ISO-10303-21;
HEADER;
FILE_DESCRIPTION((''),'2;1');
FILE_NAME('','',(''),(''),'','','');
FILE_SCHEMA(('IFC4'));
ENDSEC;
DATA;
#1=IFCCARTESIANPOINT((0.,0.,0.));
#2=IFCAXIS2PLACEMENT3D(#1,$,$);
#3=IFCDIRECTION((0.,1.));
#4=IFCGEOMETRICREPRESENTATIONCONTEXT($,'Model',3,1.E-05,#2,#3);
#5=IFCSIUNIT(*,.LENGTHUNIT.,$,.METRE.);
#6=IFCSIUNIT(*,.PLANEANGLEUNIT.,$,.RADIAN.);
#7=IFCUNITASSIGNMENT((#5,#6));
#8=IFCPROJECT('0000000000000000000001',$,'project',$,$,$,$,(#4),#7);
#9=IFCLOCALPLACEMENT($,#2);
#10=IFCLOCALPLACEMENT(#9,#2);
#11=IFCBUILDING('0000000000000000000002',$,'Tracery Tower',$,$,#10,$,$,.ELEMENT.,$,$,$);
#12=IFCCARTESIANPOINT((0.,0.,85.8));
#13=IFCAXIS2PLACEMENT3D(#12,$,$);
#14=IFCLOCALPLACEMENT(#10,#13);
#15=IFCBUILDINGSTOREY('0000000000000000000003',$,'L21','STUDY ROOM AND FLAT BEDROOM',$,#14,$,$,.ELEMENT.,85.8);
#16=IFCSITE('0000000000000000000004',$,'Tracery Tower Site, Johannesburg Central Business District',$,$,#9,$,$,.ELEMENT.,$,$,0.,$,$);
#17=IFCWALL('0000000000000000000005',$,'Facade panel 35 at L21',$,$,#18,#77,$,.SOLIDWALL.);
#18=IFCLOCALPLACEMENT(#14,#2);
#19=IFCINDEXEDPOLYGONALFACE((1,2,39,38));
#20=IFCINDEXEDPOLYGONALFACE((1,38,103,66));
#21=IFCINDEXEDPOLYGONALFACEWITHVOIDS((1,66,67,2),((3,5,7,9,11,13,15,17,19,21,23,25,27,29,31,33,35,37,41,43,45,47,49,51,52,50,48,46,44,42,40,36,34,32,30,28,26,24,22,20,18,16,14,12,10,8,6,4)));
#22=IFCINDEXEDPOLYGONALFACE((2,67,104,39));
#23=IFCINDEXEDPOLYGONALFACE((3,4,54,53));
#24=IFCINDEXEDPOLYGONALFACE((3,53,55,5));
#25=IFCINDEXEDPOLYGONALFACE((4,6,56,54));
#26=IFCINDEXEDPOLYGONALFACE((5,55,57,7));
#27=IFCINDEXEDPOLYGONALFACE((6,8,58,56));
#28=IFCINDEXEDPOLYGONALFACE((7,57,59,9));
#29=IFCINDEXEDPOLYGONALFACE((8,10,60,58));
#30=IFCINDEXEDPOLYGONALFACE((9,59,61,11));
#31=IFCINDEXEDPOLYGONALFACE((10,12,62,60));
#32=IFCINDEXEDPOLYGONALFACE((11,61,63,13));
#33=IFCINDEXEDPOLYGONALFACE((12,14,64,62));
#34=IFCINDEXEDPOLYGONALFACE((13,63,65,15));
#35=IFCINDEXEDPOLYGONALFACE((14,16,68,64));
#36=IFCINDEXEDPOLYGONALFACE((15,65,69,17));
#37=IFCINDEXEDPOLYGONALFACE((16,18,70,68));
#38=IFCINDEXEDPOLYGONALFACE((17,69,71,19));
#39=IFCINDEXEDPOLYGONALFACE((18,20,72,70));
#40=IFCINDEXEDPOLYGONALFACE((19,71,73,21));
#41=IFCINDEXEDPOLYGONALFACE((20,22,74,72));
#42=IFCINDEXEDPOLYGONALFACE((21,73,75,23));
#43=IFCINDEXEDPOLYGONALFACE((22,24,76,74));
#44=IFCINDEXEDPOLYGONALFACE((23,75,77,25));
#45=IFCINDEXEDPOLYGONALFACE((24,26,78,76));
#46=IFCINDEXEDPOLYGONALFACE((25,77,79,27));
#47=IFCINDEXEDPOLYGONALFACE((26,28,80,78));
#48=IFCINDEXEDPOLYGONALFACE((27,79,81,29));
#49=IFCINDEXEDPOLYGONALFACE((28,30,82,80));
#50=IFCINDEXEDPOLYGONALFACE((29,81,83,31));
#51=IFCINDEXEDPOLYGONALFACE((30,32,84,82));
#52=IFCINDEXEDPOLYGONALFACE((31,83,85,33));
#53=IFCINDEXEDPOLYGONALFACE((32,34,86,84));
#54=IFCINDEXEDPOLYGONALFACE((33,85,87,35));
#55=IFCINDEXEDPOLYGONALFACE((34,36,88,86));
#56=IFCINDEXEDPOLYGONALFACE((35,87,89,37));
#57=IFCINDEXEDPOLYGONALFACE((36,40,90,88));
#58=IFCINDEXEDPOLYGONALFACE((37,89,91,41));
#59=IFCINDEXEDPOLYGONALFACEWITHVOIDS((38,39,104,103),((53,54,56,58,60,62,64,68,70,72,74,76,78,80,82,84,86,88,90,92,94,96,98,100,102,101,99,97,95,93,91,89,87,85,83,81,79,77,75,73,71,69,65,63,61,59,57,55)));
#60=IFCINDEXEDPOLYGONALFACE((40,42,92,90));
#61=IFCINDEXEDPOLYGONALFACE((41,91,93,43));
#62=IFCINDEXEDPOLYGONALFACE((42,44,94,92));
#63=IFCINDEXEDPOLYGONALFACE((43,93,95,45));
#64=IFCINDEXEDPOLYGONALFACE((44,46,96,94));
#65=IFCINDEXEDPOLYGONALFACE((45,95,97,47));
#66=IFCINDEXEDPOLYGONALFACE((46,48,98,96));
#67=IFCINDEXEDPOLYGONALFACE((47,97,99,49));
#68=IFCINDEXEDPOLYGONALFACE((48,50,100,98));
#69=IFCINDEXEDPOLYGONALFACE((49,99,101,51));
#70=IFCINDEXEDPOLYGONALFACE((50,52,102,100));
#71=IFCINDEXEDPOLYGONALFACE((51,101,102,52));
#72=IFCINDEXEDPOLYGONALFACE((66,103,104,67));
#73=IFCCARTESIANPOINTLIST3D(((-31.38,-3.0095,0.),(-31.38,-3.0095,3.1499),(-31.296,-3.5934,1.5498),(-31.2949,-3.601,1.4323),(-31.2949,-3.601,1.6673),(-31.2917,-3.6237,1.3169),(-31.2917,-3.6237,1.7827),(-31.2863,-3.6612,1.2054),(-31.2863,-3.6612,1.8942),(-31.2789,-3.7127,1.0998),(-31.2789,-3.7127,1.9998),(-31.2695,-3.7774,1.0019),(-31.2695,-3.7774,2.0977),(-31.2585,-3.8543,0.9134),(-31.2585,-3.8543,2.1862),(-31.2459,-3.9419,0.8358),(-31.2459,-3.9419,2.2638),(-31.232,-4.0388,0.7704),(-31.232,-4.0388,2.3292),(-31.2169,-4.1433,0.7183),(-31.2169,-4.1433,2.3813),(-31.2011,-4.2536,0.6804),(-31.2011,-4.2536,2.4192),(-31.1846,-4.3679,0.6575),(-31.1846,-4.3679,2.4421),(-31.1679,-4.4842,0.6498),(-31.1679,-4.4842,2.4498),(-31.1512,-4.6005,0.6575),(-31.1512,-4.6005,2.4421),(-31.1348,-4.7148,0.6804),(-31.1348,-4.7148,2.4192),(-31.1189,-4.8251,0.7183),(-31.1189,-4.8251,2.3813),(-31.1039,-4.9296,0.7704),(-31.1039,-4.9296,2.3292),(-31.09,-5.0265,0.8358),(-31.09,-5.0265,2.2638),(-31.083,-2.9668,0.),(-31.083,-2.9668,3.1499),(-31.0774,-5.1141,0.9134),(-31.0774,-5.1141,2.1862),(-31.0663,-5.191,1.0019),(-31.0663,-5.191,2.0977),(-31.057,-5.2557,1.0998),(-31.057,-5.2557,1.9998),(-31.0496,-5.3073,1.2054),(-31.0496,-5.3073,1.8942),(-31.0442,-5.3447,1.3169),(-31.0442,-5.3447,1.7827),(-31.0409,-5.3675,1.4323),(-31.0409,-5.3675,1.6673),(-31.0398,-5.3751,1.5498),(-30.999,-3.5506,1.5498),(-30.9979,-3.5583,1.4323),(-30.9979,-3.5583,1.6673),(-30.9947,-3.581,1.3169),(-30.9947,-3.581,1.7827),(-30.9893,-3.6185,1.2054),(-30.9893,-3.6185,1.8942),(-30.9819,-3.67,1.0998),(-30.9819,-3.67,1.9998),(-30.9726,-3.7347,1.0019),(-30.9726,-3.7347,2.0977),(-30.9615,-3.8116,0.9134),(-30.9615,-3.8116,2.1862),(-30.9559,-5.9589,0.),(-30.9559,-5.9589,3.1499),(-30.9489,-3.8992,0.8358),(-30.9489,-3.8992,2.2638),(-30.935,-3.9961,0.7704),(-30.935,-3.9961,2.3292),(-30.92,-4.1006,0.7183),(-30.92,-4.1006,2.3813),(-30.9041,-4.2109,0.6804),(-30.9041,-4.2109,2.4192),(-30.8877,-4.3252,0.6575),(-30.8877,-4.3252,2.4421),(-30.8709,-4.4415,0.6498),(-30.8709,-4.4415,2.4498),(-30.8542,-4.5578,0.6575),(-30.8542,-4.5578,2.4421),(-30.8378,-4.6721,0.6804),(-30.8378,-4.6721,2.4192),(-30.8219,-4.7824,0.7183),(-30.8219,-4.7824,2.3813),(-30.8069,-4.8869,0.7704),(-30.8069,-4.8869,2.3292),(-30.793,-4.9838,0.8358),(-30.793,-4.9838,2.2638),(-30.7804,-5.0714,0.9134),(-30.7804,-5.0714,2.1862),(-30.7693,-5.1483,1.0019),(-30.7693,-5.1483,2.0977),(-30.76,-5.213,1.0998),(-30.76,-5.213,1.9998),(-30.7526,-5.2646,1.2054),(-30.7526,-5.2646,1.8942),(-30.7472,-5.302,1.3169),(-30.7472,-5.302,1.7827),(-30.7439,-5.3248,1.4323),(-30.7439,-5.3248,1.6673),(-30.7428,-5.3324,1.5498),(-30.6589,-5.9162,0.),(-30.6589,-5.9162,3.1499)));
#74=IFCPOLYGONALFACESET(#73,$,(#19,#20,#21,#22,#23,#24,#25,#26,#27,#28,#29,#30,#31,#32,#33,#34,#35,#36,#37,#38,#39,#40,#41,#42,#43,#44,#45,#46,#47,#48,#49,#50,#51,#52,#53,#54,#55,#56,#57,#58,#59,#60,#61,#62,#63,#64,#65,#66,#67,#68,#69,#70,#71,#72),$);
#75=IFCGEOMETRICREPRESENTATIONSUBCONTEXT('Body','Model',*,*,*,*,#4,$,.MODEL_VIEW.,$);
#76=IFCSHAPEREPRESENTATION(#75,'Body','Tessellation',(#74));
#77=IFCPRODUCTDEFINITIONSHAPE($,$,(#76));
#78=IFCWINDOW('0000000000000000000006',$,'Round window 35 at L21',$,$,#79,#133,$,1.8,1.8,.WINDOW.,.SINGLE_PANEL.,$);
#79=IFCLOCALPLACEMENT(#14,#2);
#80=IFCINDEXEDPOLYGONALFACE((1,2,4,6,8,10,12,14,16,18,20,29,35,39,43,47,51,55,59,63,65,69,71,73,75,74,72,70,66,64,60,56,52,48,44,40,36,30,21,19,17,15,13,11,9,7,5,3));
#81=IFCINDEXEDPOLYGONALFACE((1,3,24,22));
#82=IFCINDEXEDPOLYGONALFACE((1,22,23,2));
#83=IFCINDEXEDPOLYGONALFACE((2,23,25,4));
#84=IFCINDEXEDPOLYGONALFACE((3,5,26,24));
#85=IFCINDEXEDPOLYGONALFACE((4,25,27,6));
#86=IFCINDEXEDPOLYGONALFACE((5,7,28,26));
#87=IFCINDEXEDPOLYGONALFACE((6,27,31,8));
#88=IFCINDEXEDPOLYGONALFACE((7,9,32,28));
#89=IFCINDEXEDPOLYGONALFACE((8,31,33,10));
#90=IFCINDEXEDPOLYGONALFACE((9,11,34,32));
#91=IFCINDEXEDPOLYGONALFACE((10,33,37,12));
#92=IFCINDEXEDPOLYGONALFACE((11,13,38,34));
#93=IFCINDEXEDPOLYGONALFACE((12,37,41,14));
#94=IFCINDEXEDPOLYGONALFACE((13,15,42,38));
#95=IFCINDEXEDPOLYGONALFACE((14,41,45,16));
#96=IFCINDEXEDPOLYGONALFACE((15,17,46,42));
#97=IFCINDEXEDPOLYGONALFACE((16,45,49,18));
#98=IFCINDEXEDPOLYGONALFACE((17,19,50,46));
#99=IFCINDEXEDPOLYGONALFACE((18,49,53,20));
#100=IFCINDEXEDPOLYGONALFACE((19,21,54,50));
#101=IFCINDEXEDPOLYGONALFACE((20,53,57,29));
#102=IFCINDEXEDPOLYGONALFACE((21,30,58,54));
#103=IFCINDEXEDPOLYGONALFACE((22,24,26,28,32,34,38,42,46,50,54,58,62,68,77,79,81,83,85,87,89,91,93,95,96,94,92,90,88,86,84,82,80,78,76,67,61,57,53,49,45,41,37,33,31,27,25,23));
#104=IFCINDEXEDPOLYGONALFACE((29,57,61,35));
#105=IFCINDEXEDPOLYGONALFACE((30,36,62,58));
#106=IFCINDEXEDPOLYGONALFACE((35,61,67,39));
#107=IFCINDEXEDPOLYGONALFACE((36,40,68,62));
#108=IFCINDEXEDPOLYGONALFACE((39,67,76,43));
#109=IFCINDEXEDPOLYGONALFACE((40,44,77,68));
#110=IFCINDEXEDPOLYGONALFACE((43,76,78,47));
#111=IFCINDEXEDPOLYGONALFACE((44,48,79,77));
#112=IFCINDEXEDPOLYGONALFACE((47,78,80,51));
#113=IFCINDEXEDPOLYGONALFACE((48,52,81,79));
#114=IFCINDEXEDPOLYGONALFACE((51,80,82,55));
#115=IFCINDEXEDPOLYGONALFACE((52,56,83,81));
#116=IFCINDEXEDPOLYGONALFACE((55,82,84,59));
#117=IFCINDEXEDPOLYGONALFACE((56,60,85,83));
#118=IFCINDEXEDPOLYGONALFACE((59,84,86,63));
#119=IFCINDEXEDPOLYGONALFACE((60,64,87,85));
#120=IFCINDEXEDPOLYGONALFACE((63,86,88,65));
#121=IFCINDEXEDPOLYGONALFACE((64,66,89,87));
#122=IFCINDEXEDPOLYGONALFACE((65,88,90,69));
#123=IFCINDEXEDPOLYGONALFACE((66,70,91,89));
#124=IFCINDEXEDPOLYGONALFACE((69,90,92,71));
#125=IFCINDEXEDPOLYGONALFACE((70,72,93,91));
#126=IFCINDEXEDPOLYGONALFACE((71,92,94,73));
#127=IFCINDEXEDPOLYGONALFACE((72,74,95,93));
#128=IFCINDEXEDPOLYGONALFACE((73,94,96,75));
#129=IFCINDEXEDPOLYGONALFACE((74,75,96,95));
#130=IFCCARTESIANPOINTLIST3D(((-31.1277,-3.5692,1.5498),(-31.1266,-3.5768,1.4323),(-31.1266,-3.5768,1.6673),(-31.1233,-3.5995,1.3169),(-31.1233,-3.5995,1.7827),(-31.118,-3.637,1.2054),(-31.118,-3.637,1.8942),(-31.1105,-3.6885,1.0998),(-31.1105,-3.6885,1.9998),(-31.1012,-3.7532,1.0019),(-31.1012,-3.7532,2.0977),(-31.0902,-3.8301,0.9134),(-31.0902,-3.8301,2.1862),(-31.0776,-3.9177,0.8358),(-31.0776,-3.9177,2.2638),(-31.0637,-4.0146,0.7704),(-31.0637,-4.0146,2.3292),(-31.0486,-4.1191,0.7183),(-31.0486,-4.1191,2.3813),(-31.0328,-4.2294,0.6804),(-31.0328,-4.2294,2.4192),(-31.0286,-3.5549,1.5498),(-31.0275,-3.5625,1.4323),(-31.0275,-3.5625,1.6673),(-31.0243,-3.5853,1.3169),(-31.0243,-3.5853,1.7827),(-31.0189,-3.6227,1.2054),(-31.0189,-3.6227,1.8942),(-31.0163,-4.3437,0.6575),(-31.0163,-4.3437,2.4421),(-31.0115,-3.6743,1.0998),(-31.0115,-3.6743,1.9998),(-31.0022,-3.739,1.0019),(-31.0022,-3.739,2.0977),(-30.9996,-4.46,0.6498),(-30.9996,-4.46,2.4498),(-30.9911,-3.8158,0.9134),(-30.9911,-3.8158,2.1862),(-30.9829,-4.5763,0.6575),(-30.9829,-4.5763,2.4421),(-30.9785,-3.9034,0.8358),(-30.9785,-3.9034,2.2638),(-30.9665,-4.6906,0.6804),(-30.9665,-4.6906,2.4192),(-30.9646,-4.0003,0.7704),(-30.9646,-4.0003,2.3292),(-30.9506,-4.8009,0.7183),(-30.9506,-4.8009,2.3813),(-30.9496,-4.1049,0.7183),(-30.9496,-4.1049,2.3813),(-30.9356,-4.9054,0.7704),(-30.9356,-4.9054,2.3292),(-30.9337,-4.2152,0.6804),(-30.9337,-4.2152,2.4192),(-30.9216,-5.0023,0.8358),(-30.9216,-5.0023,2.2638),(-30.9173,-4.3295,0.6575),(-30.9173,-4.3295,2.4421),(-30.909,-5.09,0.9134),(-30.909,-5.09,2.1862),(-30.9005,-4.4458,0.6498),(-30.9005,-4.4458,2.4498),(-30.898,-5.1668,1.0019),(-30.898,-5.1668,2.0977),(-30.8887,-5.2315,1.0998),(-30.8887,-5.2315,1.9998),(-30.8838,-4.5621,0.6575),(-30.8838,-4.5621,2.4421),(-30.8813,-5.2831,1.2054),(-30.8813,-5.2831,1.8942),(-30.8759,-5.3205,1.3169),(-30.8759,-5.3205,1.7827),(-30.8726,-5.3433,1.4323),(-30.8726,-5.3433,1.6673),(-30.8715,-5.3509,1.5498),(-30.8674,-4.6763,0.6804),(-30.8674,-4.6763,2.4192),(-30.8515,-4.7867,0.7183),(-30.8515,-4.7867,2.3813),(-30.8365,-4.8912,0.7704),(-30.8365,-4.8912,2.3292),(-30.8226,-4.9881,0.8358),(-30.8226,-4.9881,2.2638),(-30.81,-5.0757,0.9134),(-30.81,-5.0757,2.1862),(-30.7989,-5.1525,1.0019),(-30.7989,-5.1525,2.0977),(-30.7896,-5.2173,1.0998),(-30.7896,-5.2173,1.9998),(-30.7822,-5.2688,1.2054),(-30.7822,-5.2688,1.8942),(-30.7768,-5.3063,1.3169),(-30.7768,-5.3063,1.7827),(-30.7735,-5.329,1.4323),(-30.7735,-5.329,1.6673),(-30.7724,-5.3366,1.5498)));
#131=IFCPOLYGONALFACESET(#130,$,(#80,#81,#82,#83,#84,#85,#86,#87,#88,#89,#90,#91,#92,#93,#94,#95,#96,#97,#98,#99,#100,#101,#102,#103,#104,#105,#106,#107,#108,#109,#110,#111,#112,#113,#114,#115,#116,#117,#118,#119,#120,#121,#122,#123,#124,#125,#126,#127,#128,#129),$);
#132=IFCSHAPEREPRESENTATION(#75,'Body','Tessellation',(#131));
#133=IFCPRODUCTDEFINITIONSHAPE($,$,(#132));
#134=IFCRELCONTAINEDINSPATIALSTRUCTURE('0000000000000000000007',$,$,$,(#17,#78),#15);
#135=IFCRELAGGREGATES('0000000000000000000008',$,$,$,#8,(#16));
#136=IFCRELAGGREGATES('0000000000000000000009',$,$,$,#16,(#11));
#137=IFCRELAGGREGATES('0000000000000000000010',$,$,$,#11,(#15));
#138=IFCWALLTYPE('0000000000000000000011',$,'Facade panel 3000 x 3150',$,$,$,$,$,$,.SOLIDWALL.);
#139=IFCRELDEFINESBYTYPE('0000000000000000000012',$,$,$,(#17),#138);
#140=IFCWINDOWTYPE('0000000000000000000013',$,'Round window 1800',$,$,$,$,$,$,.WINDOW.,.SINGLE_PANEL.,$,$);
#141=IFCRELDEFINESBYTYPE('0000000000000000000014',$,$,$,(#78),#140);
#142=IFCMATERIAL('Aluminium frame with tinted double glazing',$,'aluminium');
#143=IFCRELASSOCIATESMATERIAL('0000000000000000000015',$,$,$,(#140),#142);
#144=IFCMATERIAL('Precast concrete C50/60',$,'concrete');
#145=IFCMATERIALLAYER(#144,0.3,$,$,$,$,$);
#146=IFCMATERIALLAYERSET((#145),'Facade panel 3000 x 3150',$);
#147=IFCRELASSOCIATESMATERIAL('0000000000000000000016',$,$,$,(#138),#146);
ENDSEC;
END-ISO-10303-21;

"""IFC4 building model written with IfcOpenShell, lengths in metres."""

from ifc_helpers import new_model, si_unit, direction, frame, frame_2d, origin, origin_2d, place, context, subcontext, project, spatial, rectangle, circle, extrude, material, layer, layer_set, type_object, element, fill, save


model = new_model("IFC4")

# Units and contexts
model_context = context("Model", 3, precision=1e-05, world=origin(), true_north=direction((0.0, 1.0)))
body_context = subcontext(model_context, "Body", "Model", "MODEL_VIEW")
ifc_project = project(units=[si_unit("LENGTHUNIT", "METRE"), si_unit("PLANEANGLEUNIT", "RADIAN")], contexts=[model_context])

# Site, building, storey
site_placement = place(None, origin())
site = spatial("IfcSite", under=ifc_project, at=site_placement, Name="Tracery Tower Site, Johannesburg Central Business District", CompositionType="ELEMENT", RefElevation=0.0)
building_placement = place(site_placement, origin())
building = spatial("IfcBuilding", under=site, at=building_placement, Name="Tracery Tower", CompositionType="ELEMENT")
storey_placement = place(building_placement, frame((0.0, 0.0, 85.8)))
storey = spatial("IfcBuildingStorey", under=building, at=storey_placement, Name="L21", Description="STUDY ROOM AND FLAT BEDROOM", CompositionType="ELEMENT", Elevation=85.8)

# Wall, opening, window
ifc_material_1 = material(Name="Aluminium frame with tinted double glazing", Category="aluminium")
window_type = type_object("IfcWindowType", Name="Round window 1800", PartitioningType="SINGLE_PANEL", PredefinedType="WINDOW", material=ifc_material_1)
ifc_material_2 = material(Name="Precast concrete C50/60", Category="concrete")
ifc_layer_1 = layer(ifc_material_2, 0.3)
ifc_layer_set_1 = layer_set([ifc_layer_1], Name="Facade panel 3000 x 3150")
wall_type_1 = type_object("IfcWallType", Name="Facade panel 3000 x 3150", PredefinedType="SOLIDWALL", material=ifc_layer_set_1)
wall_1_placement = place(storey_placement, frame((-31.2314, -2.9883, 0.0), z_axis=(0.0, 0.0, 1.0), x_axis=(0.142316, -0.989821, 0.0)))
wall_1 = element("IfcWall", 1, at=wall_1_placement, inside=storey, type_object=wall_type_1, Name="Facade panel 35 at L21", PredefinedType="SOLIDWALL", context=body_context, shape_type="SweptSolid", body=[
    extrude(rectangle(XDim=2.9797, YDim=0.3, at=frame_2d((1.4897, 0.0))), origin(), (0.0, 0.0, 1.0), 3.1499),
])
opening_1_placement = place(wall_1_placement, frame((1.4897, 0.0, 1.5498)))
opening_1 = element("IfcOpeningElement", 2, at=opening_1_placement, cuts=wall_1, PredefinedType="OPENING", context=body_context, shape_type="SweptSolid", body=[
    extrude(circle(Radius=0.9, at=origin_2d()), frame((0.0, 0.1599, 0.0), z_axis=(0.0, -1.0, 0.0), x_axis=(1.0, 0.0, 0.0)), (0.0, 0.0, 1.0), 0.3201),
])
window_1_placement = place(opening_1_placement, origin())
window_1 = element("IfcWindow", 3, at=window_1_placement, inside=storey, type_object=window_type, Name="Round window 35 at L21", OverallHeight=1.8, OverallWidth=1.8, PartitioningType="SINGLE_PANEL", PredefinedType="WINDOW", context=body_context, shape_type="SweptSolid", body=[
    extrude(circle(Radius=0.9, at=origin_2d()), frame((0.0, 0.1201, 0.0), z_axis=(0.0, -1.0, 0.0), x_axis=(1.0, 0.0, 0.0)), (0.0, 0.0, 1.0), 0.1001),
])
fill(opening_1, window_1)

save(model, "model.ifc")
